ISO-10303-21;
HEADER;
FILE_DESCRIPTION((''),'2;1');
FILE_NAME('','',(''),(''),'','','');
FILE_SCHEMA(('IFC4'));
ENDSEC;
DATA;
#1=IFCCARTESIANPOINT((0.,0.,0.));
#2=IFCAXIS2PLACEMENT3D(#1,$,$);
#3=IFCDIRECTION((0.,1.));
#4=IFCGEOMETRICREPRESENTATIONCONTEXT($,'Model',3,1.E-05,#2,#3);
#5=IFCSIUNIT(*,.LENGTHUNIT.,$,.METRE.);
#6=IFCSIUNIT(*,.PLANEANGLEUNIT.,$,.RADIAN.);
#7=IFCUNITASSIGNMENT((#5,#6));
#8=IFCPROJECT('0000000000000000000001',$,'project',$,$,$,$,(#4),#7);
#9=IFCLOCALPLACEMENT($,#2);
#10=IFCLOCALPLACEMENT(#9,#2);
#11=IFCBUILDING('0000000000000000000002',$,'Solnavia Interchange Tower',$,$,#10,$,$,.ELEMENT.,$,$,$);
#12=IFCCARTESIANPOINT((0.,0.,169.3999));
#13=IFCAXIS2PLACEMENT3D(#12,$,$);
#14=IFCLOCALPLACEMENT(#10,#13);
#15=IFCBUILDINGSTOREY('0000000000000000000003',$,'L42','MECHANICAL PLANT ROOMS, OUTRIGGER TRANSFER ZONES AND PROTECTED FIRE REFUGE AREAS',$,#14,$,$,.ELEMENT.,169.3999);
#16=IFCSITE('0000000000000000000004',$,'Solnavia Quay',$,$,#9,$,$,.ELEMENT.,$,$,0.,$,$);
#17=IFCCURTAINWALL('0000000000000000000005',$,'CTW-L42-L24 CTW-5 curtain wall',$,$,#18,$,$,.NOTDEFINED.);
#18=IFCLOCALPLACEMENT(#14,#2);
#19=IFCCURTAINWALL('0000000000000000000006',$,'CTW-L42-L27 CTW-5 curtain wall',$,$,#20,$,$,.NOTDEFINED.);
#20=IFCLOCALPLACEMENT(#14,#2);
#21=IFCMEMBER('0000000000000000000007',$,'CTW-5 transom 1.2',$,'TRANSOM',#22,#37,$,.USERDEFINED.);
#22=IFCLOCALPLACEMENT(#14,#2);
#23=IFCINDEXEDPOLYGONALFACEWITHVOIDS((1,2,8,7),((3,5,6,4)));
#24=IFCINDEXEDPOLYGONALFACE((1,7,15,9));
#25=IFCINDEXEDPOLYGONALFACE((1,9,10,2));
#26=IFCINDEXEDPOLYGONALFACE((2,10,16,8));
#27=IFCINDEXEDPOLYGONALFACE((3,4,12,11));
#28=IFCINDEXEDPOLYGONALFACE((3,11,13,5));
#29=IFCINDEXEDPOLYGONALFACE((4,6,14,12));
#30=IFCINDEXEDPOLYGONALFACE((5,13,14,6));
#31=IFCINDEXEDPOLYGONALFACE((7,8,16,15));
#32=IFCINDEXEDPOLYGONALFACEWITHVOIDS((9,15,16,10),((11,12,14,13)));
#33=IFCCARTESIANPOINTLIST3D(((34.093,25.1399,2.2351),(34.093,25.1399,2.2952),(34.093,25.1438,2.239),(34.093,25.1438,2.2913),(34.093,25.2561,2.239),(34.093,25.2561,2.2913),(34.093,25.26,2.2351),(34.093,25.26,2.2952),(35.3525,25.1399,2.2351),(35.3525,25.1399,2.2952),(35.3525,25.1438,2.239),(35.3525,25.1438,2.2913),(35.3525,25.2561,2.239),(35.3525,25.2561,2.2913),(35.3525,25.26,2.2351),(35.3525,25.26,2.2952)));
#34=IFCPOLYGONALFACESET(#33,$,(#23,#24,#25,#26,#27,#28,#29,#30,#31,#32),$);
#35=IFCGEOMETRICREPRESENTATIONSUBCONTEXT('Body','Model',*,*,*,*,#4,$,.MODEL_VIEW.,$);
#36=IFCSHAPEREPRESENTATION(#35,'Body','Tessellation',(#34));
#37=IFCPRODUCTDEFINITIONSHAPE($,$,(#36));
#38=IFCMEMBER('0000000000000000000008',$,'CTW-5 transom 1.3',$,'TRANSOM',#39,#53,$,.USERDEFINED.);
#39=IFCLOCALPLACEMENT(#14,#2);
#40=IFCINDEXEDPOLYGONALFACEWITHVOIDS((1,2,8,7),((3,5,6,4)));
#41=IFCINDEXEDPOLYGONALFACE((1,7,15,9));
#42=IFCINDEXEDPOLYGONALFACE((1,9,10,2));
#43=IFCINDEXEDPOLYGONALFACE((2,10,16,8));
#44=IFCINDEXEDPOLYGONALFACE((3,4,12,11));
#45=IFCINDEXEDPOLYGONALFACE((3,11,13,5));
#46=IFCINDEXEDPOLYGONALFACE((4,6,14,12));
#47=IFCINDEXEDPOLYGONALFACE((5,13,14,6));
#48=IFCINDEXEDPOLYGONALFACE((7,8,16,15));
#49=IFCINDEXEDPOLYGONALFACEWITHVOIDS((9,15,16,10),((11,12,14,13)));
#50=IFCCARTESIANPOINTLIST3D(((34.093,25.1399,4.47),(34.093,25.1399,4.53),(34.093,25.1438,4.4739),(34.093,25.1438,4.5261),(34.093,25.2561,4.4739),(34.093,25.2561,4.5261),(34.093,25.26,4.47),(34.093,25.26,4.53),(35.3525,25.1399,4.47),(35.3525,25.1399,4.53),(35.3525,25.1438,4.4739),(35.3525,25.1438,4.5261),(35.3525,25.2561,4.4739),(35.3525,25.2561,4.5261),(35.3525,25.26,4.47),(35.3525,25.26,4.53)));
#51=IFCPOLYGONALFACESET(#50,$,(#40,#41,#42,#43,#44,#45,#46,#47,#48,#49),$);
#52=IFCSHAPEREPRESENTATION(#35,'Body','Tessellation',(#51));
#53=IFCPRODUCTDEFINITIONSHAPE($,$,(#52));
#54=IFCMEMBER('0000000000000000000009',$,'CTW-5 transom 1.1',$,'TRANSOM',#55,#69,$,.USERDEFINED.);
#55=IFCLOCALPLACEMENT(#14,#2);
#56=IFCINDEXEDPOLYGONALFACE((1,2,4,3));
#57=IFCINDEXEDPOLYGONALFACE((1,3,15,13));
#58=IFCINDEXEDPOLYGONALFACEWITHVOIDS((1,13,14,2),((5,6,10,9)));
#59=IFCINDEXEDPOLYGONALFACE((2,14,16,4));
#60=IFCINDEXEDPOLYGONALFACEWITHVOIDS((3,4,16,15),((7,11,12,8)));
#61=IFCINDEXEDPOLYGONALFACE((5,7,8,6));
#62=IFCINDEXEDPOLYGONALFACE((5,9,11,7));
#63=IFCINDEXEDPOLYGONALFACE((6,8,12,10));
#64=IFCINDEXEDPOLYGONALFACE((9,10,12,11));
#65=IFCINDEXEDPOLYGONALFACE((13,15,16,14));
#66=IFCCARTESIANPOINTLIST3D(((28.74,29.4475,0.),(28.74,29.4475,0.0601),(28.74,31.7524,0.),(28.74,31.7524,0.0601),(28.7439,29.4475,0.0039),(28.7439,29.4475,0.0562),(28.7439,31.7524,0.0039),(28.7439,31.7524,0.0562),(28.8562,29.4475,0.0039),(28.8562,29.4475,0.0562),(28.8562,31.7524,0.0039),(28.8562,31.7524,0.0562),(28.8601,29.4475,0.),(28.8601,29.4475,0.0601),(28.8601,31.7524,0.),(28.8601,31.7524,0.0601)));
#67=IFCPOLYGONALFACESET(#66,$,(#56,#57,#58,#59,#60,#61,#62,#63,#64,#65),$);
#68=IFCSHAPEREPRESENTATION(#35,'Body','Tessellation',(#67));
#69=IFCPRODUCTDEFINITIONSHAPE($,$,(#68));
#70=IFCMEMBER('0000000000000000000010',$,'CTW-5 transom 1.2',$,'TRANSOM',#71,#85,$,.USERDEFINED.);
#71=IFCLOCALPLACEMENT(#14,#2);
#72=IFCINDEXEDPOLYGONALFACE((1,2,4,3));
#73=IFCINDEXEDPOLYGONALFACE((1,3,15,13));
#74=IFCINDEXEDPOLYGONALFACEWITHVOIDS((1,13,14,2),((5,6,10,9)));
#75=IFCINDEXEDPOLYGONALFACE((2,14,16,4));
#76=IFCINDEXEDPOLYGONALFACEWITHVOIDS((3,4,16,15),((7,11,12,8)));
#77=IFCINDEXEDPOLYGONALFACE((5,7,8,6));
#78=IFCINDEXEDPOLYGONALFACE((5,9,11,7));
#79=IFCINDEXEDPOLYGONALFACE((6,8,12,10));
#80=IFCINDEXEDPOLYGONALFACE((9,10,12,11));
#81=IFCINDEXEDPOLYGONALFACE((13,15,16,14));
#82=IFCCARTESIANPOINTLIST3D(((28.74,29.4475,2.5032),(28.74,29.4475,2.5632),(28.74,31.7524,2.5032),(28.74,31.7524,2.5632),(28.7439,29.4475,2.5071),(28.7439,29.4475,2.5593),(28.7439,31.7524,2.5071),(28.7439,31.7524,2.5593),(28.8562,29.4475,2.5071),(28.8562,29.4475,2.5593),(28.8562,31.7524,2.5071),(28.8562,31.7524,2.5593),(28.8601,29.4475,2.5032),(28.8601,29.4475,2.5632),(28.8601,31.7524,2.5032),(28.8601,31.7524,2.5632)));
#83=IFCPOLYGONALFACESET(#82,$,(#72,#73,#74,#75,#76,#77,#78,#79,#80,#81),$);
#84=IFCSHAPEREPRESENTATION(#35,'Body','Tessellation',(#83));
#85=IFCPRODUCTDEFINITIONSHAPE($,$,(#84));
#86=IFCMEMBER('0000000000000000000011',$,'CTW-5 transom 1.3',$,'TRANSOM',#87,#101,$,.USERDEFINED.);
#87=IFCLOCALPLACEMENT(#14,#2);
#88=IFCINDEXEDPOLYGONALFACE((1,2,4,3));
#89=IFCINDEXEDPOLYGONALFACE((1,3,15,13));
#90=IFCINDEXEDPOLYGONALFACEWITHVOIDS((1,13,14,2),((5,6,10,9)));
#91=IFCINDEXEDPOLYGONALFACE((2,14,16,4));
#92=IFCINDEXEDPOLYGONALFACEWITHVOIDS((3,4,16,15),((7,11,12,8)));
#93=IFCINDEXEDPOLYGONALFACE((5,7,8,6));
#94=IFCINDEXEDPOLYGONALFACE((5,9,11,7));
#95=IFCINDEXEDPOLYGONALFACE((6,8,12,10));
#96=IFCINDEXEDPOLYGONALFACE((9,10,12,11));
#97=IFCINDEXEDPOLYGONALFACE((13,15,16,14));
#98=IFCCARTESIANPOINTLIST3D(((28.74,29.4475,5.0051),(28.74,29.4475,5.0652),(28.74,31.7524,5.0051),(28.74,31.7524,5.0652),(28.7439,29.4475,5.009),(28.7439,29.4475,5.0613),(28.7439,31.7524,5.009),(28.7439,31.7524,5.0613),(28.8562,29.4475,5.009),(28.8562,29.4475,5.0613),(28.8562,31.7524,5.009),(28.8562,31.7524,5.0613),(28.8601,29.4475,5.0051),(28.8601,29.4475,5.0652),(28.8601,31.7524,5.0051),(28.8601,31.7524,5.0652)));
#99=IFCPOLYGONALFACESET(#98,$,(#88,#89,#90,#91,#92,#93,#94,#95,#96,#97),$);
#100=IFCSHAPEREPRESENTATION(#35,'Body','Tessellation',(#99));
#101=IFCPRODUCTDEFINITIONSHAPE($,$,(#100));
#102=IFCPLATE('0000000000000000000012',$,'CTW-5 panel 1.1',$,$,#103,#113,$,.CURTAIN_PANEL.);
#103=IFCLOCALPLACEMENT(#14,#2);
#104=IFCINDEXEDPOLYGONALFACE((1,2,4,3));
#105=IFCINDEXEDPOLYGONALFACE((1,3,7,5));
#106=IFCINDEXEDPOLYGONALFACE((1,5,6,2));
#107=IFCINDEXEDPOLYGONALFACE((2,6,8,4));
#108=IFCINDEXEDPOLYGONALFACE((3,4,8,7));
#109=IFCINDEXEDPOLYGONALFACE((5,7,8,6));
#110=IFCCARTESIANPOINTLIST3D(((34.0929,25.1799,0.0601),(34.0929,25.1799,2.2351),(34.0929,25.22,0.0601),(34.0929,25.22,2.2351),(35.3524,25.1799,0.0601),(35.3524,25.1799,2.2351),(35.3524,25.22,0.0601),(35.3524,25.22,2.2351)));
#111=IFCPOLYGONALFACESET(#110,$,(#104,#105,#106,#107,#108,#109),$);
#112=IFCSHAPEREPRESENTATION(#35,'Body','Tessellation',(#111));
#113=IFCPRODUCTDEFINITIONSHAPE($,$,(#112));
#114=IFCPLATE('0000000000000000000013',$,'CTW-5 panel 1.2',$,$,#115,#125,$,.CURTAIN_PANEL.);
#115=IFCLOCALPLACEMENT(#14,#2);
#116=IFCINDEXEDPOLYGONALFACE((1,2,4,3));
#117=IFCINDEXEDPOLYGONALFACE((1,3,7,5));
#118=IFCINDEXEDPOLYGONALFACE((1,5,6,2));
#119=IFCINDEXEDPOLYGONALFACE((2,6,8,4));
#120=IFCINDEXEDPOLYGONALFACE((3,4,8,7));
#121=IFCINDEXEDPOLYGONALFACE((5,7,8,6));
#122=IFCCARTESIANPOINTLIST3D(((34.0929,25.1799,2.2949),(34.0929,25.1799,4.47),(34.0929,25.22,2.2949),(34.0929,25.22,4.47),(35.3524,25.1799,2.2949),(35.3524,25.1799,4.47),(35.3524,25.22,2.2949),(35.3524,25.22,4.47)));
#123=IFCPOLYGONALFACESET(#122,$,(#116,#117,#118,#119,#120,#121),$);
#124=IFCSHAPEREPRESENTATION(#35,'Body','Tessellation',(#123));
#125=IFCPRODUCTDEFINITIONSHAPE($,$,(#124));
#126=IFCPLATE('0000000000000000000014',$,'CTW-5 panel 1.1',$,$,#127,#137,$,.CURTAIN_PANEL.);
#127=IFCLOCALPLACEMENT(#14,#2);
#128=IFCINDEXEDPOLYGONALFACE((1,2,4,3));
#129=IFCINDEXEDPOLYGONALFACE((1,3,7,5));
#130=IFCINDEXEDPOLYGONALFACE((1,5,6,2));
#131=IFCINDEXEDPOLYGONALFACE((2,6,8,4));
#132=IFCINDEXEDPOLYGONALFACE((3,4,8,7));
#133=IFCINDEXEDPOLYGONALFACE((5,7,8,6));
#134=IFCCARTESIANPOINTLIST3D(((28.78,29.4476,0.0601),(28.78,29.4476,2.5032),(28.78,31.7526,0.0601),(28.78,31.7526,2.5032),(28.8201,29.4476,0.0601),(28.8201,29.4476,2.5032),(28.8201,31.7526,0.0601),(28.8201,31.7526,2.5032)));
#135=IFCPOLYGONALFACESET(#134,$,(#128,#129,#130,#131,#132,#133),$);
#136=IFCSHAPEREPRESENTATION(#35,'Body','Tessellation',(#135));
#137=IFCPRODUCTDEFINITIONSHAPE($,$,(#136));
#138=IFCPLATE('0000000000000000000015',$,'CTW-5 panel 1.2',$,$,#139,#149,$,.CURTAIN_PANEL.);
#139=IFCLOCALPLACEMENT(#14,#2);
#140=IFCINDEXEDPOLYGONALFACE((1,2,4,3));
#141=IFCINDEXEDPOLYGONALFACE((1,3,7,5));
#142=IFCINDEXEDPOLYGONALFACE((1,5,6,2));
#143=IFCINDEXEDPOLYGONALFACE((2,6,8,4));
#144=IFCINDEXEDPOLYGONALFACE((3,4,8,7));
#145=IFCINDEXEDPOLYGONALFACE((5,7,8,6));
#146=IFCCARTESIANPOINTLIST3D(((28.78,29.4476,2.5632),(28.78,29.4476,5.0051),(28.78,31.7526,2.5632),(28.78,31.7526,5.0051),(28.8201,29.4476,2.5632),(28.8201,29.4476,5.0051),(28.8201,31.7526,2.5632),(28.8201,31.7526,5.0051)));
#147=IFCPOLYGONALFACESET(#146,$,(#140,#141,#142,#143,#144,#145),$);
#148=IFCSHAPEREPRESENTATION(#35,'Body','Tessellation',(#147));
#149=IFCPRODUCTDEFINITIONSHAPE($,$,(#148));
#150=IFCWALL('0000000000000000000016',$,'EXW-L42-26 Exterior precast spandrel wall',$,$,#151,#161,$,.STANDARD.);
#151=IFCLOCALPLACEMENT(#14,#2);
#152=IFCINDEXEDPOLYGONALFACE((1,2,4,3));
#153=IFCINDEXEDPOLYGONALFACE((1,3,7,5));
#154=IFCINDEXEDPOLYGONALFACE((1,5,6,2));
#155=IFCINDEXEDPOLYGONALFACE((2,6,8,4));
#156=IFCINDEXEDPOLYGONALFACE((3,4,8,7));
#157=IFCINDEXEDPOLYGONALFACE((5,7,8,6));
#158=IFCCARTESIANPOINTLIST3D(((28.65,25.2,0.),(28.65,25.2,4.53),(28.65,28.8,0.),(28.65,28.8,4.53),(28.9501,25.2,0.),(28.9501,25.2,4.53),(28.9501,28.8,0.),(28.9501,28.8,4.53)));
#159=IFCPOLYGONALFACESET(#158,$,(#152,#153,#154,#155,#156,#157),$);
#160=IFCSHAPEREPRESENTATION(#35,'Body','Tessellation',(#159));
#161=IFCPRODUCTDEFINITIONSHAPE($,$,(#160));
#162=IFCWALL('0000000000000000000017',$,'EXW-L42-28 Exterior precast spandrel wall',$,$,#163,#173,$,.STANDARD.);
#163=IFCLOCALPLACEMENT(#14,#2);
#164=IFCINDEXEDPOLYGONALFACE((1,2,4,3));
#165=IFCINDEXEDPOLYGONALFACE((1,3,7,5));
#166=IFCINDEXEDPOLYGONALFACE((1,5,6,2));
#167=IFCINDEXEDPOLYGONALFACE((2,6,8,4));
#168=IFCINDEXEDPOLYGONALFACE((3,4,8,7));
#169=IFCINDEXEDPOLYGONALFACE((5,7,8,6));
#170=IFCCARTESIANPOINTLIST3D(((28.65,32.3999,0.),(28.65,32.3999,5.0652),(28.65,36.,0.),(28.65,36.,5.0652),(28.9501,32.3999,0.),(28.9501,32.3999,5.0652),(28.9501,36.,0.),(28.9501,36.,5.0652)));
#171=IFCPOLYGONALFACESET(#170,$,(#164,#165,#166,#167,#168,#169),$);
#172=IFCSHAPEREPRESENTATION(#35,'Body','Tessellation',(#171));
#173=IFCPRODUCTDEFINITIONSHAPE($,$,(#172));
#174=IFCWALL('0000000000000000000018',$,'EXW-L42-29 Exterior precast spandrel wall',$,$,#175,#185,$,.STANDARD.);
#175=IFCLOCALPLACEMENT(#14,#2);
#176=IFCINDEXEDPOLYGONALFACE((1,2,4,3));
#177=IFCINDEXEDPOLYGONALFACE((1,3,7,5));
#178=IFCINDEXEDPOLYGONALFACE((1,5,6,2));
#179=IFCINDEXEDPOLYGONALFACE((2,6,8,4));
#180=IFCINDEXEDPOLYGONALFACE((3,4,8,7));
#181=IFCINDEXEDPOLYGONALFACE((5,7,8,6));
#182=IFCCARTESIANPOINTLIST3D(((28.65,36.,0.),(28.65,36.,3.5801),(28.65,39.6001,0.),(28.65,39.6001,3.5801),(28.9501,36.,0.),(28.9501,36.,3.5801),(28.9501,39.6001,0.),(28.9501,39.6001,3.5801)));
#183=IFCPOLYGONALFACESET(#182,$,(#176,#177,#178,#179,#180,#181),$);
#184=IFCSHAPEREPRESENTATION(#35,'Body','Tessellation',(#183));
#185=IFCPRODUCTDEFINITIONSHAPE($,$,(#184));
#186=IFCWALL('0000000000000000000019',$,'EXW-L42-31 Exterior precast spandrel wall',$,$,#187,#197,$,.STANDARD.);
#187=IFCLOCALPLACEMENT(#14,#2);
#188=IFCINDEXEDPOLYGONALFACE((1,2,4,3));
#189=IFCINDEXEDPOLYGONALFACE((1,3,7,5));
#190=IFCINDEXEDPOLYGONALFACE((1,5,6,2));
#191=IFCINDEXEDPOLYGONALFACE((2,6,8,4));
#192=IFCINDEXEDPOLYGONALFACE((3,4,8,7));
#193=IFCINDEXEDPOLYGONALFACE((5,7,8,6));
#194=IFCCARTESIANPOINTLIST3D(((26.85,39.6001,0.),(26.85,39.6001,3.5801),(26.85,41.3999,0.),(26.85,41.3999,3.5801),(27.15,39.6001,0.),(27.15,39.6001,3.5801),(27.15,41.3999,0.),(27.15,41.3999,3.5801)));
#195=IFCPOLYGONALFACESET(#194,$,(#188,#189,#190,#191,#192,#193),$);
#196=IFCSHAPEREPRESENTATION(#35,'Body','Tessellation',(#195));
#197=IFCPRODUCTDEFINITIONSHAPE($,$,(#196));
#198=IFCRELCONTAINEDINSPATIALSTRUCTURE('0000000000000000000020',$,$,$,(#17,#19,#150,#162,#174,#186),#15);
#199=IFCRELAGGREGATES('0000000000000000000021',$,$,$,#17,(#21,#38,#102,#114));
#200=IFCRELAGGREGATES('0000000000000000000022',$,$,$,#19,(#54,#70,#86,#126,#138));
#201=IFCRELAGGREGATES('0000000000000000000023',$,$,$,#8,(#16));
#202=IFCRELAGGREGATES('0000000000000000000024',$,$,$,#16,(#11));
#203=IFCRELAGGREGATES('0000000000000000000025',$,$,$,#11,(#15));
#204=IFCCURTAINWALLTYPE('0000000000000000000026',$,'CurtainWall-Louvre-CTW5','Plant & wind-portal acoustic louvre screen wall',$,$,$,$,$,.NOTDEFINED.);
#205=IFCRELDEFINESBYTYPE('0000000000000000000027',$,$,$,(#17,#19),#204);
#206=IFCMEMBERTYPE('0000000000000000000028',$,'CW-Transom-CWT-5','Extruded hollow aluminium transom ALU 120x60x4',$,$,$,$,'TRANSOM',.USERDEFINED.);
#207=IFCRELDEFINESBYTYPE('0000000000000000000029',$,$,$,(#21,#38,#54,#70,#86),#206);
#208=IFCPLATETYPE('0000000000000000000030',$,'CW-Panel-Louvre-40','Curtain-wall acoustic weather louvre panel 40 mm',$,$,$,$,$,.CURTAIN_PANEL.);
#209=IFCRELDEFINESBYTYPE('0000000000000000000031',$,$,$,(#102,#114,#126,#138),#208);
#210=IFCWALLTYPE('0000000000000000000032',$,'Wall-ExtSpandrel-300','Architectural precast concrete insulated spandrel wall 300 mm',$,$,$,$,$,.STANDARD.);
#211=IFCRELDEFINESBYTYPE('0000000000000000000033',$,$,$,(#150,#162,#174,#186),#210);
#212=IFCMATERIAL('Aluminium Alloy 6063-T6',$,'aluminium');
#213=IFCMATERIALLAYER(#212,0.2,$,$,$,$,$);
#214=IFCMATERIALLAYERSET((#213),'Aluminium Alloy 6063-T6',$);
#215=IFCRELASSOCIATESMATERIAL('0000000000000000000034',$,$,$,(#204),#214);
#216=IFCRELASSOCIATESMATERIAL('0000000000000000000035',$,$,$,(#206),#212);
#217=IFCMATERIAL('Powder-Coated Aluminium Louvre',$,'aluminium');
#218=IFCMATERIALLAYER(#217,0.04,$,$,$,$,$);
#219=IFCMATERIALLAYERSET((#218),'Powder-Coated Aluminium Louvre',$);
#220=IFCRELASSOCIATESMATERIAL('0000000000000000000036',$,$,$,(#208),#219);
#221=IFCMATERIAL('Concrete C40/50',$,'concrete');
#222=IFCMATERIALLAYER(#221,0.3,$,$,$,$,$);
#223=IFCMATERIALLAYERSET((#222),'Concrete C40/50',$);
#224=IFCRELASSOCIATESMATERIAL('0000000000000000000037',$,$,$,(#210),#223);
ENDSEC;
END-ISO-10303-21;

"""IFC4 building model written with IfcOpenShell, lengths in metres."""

from ifc_helpers import new_model, si_unit, direction, frame, frame_2d, origin, origin_2d, place, context, subcontext, project, spatial, rectangle, hollow_rectangle, extrude, material, layer, layer_set, material_profile, profile_set, type_object, element, aggregate, save


model = new_model("IFC4")

# Units and contexts
model_context = context("Model", 3, precision=1e-05, world=origin(), true_north=direction((0.0, 1.0)))
body_context = subcontext(model_context, "Body", "Model", "MODEL_VIEW")
ifc_project = project(units=[si_unit("LENGTHUNIT", "METRE"), si_unit("PLANEANGLEUNIT", "RADIAN")], contexts=[model_context])

# Site, building, storey
site_placement = place(None, origin())
site = spatial("IfcSite", under=ifc_project, at=site_placement, Name="Solnavia Quay", CompositionType="ELEMENT", RefElevation=0.0)
building_placement = place(site_placement, origin())
building = spatial("IfcBuilding", under=site, at=building_placement, Name="Solnavia Interchange Tower", CompositionType="ELEMENT")
storey_placement = place(building_placement, frame((0.0, 0.0, 169.3999)))
storey = spatial("IfcBuildingStorey", under=building, at=storey_placement, Name="L42", Description="MECHANICAL PLANT ROOMS, OUTRIGGER TRANSFER ZONES AND PROTECTED FIRE REFUGE AREAS", CompositionType="ELEMENT", Elevation=169.3999)

# Curtain walls
ifc_material_1 = material(Name="Aluminium Alloy 6063-T6", Category="aluminium")
ifc_layer_1 = layer(ifc_material_1, 0.2)
ifc_layer_set_1 = layer_set([ifc_layer_1], Name="Aluminium Alloy 6063-T6")
curtain_wall_type = type_object("IfcCurtainWallType", Name="CurtainWall-Louvre-CTW5", Description="Plant & wind-portal acoustic louvre screen wall", PredefinedType="NOTDEFINED", material=ifc_layer_set_1)
curtain_wall_1_placement = place(storey_placement, origin())
curtain_wall_1 = element("IfcCurtainWall", 1, at=curtain_wall_1_placement, inside=storey, type_object=curtain_wall_type, Name="CTW-L42-L24 CTW-5 curtain wall", PredefinedType="NOTDEFINED")
curtain_wall_2_placement = place(storey_placement, origin())
curtain_wall_2 = element("IfcCurtainWall", 2, at=curtain_wall_2_placement, inside=storey, type_object=curtain_wall_type, Name="CTW-L42-L27 CTW-5 curtain wall", PredefinedType="NOTDEFINED")

# Members
ifc_material_profile_1 = material_profile(ifc_material_1, hollow_rectangle(XDim=0.0601, YDim=0.1201, WallThickness=0.0039, at=origin_2d()), Name="ALU 120x60x4")
ifc_profile_set_1 = profile_set([ifc_material_profile_1], Name="Aluminium Alloy 6063-T6")
member_type_1 = type_object("IfcMemberType", Name="CW-Transom-CWT-5", Description="Extruded hollow aluminium transom ALU 120x60x4", ElementType="TRANSOM", PredefinedType="USERDEFINED", material=ifc_profile_set_1)
member_1_placement = place(storey_placement, frame((35.3525, 25.2, 2.2651), z_axis=(-1.0, 0.0, 0.0), x_axis=(0.0, 0.0, 1.0)))
member_1 = element("IfcMember", 3, at=member_1_placement, type_object=member_type_1, Name="CTW-5 transom 1.2", ObjectType="TRANSOM", PredefinedType="USERDEFINED", context=body_context, shape_type="SweptSolid", body=[
    extrude(hollow_rectangle(XDim=0.0601, YDim=0.1201, WallThickness=0.0039, at=origin_2d()), origin(), (0.0, 0.0, 1.0), 1.2595),
])
member_2_placement = place(storey_placement, frame((35.3525, 25.2, 4.5), z_axis=(-1.0, 0.0, 0.0), x_axis=(0.0, 0.0, 1.0)))
member_2 = element("IfcMember", 4, at=member_2_placement, type_object=member_type_1, Name="CTW-5 transom 1.3", ObjectType="TRANSOM", PredefinedType="USERDEFINED", context=body_context, shape_type="SweptSolid", body=[
    extrude(hollow_rectangle(XDim=0.0601, YDim=0.1201, WallThickness=0.0039, at=origin_2d()), origin(), (0.0, 0.0, 1.0), 1.2595),
])
member_3_placement = place(storey_placement, frame((28.8, 29.4475, 0.03), z_axis=(0.0, 1.0, 0.0), x_axis=(0.0, 0.0, 1.0)))
member_3 = element("IfcMember", 5, at=member_3_placement, type_object=member_type_1, Name="CTW-5 transom 1.1", ObjectType="TRANSOM", PredefinedType="USERDEFINED", context=body_context, shape_type="SweptSolid", body=[
    extrude(hollow_rectangle(XDim=0.0601, YDim=0.1201, WallThickness=0.0039, at=origin_2d()), origin(), (0.0, 0.0, 1.0), 2.3049),
])
member_4_placement = place(storey_placement, frame((28.8, 29.4475, 2.5332), z_axis=(0.0, 1.0, 0.0), x_axis=(0.0, 0.0, 1.0)))
member_4 = element("IfcMember", 6, at=member_4_placement, type_object=member_type_1, Name="CTW-5 transom 1.2", ObjectType="TRANSOM", PredefinedType="USERDEFINED", context=body_context, shape_type="SweptSolid", body=[
    extrude(hollow_rectangle(XDim=0.0601, YDim=0.1201, WallThickness=0.0039, at=origin_2d()), origin(), (0.0, 0.0, 1.0), 2.3049),
])
member_5_placement = place(storey_placement, frame((28.8, 29.4475, 5.0352), z_axis=(0.0, 1.0, 0.0), x_axis=(0.0, 0.0, 1.0)))
member_5 = element("IfcMember", 7, at=member_5_placement, type_object=member_type_1, Name="CTW-5 transom 1.3", ObjectType="TRANSOM", PredefinedType="USERDEFINED", context=body_context, shape_type="SweptSolid", body=[
    extrude(hollow_rectangle(XDim=0.0601, YDim=0.1201, WallThickness=0.0039, at=origin_2d()), origin(), (0.0, 0.0, 1.0), 2.3049),
])

# Plates
ifc_material_2 = material(Name="Powder-Coated Aluminium Louvre", Category="aluminium")
ifc_layer_2 = layer(ifc_material_2, 0.04)
ifc_layer_set_2 = layer_set([ifc_layer_2], Name="Powder-Coated Aluminium Louvre")
plate_type = type_object("IfcPlateType", Name="CW-Panel-Louvre-40", Description="Curtain-wall acoustic weather louvre panel 40 mm", PredefinedType="CURTAIN_PANEL", material=ifc_layer_set_2)
plate_1_placement = place(storey_placement, frame((34.7227, 25.2, 0.0601), z_axis=(0.0, 0.0, 1.0), x_axis=(-1.0, 0.0, 0.0)))
plate_1 = element("IfcPlate", 8, at=plate_1_placement, type_object=plate_type, Name="CTW-5 panel 1.1", PredefinedType="CURTAIN_PANEL", context=body_context, shape_type="SweptSolid", body=[
    extrude(rectangle(XDim=1.2595, YDim=0.04, at=origin_2d()), origin(), (0.0, 0.0, 1.0), 2.175),
])
plate_2_placement = place(storey_placement, frame((34.7227, 25.2, 2.2949), z_axis=(0.0, 0.0, 1.0), x_axis=(-1.0, 0.0, 0.0)))
plate_2 = element("IfcPlate", 9, at=plate_2_placement, type_object=plate_type, Name="CTW-5 panel 1.2", PredefinedType="CURTAIN_PANEL", context=body_context, shape_type="SweptSolid", body=[
    extrude(rectangle(XDim=1.2595, YDim=0.04, at=origin_2d()), origin(), (0.0, 0.0, 1.0), 2.175),
])
aggregate(curtain_wall_1, [member_1, member_2, plate_1, plate_2])
plate_3_placement = place(storey_placement, frame((28.8, 30.6001, 0.0601), z_axis=(0.0, 0.0, 1.0), x_axis=(0.0, 1.0, 0.0)))
plate_3 = element("IfcPlate", 10, at=plate_3_placement, type_object=plate_type, Name="CTW-5 panel 1.1", PredefinedType="CURTAIN_PANEL", context=body_context, shape_type="SweptSolid", body=[
    extrude(rectangle(XDim=2.3049, YDim=0.04, at=origin_2d()), origin(), (0.0, 0.0, 1.0), 2.4431),
])
plate_4_placement = place(storey_placement, frame((28.8, 30.6001, 2.5632), z_axis=(0.0, 0.0, 1.0), x_axis=(0.0, 1.0, 0.0)))
plate_4 = element("IfcPlate", 11, at=plate_4_placement, type_object=plate_type, Name="CTW-5 panel 1.2", PredefinedType="CURTAIN_PANEL", context=body_context, shape_type="SweptSolid", body=[
    extrude(rectangle(XDim=2.3049, YDim=0.04, at=origin_2d()), origin(), (0.0, 0.0, 1.0), 2.4419),
])
aggregate(curtain_wall_2, [member_3, member_4, member_5, plate_3, plate_4])

# Walls
ifc_material_3 = material(Name="Concrete C40/50", Category="concrete")
ifc_layer_3 = layer(ifc_material_3, 0.3)
ifc_layer_set_3 = layer_set([ifc_layer_3], Name="Concrete C40/50")
wall_type = type_object("IfcWallType", Name="Wall-ExtSpandrel-300", Description="Architectural precast concrete insulated spandrel wall 300 mm", PredefinedType="STANDARD", material=ifc_layer_set_3)
wall_1_placement = place(storey_placement, frame((28.8, 28.8, 0.0), z_axis=(0.0, 0.0, 1.0), x_axis=(0.0, -1.0, 0.0)))
element("IfcWall", 12, at=wall_1_placement, inside=storey, type_object=wall_type, Name="EXW-L42-26 Exterior precast spandrel wall", PredefinedType="STANDARD", context=body_context, shape_type="SweptSolid", body=[
    extrude(rectangle(XDim=3.6001, YDim=0.3, at=frame_2d((1.8, 0.0))), origin(), (0.0, 0.0, 1.0), 4.53),
])
wall_2_placement = place(storey_placement, frame((28.8, 36.0, 0.0), z_axis=(0.0, 0.0, 1.0), x_axis=(0.0, -1.0, 0.0)))
element("IfcWall", 13, at=wall_2_placement, inside=storey, type_object=wall_type, Name="EXW-L42-28 Exterior precast spandrel wall", PredefinedType="STANDARD", context=body_context, shape_type="SweptSolid", body=[
    extrude(rectangle(XDim=3.6001, YDim=0.3, at=frame_2d((1.8, 0.0))), origin(), (0.0, 0.0, 1.0), 5.0652),
])
wall_3_placement = place(storey_placement, frame((28.8, 39.6001, 0.0), z_axis=(0.0, 0.0, 1.0), x_axis=(0.0, -1.0, 0.0)))
element("IfcWall", 14, at=wall_3_placement, inside=storey, type_object=wall_type, Name="EXW-L42-29 Exterior precast spandrel wall", PredefinedType="STANDARD", context=body_context, shape_type="SweptSolid", body=[
    extrude(rectangle(XDim=3.6001, YDim=0.3, at=frame_2d((1.8, 0.0))), origin(), (0.0, 0.0, 1.0), 3.5801),
])
wall_4_placement = place(storey_placement, frame((27.0, 39.6001, 0.0), z_axis=(0.0, 0.0, 1.0), x_axis=(0.0, 1.0, 0.0)))
element("IfcWall", 15, at=wall_4_placement, inside=storey, type_object=wall_type, Name="EXW-L42-31 Exterior precast spandrel wall", PredefinedType="STANDARD", context=body_context, shape_type="SweptSolid", body=[
    extrude(rectangle(XDim=1.7998, YDim=0.3, at=frame_2d((0.8999, 0.0))), origin(), (0.0, 0.0, 1.0), 3.5801),
])

save(model, "model.ifc")
